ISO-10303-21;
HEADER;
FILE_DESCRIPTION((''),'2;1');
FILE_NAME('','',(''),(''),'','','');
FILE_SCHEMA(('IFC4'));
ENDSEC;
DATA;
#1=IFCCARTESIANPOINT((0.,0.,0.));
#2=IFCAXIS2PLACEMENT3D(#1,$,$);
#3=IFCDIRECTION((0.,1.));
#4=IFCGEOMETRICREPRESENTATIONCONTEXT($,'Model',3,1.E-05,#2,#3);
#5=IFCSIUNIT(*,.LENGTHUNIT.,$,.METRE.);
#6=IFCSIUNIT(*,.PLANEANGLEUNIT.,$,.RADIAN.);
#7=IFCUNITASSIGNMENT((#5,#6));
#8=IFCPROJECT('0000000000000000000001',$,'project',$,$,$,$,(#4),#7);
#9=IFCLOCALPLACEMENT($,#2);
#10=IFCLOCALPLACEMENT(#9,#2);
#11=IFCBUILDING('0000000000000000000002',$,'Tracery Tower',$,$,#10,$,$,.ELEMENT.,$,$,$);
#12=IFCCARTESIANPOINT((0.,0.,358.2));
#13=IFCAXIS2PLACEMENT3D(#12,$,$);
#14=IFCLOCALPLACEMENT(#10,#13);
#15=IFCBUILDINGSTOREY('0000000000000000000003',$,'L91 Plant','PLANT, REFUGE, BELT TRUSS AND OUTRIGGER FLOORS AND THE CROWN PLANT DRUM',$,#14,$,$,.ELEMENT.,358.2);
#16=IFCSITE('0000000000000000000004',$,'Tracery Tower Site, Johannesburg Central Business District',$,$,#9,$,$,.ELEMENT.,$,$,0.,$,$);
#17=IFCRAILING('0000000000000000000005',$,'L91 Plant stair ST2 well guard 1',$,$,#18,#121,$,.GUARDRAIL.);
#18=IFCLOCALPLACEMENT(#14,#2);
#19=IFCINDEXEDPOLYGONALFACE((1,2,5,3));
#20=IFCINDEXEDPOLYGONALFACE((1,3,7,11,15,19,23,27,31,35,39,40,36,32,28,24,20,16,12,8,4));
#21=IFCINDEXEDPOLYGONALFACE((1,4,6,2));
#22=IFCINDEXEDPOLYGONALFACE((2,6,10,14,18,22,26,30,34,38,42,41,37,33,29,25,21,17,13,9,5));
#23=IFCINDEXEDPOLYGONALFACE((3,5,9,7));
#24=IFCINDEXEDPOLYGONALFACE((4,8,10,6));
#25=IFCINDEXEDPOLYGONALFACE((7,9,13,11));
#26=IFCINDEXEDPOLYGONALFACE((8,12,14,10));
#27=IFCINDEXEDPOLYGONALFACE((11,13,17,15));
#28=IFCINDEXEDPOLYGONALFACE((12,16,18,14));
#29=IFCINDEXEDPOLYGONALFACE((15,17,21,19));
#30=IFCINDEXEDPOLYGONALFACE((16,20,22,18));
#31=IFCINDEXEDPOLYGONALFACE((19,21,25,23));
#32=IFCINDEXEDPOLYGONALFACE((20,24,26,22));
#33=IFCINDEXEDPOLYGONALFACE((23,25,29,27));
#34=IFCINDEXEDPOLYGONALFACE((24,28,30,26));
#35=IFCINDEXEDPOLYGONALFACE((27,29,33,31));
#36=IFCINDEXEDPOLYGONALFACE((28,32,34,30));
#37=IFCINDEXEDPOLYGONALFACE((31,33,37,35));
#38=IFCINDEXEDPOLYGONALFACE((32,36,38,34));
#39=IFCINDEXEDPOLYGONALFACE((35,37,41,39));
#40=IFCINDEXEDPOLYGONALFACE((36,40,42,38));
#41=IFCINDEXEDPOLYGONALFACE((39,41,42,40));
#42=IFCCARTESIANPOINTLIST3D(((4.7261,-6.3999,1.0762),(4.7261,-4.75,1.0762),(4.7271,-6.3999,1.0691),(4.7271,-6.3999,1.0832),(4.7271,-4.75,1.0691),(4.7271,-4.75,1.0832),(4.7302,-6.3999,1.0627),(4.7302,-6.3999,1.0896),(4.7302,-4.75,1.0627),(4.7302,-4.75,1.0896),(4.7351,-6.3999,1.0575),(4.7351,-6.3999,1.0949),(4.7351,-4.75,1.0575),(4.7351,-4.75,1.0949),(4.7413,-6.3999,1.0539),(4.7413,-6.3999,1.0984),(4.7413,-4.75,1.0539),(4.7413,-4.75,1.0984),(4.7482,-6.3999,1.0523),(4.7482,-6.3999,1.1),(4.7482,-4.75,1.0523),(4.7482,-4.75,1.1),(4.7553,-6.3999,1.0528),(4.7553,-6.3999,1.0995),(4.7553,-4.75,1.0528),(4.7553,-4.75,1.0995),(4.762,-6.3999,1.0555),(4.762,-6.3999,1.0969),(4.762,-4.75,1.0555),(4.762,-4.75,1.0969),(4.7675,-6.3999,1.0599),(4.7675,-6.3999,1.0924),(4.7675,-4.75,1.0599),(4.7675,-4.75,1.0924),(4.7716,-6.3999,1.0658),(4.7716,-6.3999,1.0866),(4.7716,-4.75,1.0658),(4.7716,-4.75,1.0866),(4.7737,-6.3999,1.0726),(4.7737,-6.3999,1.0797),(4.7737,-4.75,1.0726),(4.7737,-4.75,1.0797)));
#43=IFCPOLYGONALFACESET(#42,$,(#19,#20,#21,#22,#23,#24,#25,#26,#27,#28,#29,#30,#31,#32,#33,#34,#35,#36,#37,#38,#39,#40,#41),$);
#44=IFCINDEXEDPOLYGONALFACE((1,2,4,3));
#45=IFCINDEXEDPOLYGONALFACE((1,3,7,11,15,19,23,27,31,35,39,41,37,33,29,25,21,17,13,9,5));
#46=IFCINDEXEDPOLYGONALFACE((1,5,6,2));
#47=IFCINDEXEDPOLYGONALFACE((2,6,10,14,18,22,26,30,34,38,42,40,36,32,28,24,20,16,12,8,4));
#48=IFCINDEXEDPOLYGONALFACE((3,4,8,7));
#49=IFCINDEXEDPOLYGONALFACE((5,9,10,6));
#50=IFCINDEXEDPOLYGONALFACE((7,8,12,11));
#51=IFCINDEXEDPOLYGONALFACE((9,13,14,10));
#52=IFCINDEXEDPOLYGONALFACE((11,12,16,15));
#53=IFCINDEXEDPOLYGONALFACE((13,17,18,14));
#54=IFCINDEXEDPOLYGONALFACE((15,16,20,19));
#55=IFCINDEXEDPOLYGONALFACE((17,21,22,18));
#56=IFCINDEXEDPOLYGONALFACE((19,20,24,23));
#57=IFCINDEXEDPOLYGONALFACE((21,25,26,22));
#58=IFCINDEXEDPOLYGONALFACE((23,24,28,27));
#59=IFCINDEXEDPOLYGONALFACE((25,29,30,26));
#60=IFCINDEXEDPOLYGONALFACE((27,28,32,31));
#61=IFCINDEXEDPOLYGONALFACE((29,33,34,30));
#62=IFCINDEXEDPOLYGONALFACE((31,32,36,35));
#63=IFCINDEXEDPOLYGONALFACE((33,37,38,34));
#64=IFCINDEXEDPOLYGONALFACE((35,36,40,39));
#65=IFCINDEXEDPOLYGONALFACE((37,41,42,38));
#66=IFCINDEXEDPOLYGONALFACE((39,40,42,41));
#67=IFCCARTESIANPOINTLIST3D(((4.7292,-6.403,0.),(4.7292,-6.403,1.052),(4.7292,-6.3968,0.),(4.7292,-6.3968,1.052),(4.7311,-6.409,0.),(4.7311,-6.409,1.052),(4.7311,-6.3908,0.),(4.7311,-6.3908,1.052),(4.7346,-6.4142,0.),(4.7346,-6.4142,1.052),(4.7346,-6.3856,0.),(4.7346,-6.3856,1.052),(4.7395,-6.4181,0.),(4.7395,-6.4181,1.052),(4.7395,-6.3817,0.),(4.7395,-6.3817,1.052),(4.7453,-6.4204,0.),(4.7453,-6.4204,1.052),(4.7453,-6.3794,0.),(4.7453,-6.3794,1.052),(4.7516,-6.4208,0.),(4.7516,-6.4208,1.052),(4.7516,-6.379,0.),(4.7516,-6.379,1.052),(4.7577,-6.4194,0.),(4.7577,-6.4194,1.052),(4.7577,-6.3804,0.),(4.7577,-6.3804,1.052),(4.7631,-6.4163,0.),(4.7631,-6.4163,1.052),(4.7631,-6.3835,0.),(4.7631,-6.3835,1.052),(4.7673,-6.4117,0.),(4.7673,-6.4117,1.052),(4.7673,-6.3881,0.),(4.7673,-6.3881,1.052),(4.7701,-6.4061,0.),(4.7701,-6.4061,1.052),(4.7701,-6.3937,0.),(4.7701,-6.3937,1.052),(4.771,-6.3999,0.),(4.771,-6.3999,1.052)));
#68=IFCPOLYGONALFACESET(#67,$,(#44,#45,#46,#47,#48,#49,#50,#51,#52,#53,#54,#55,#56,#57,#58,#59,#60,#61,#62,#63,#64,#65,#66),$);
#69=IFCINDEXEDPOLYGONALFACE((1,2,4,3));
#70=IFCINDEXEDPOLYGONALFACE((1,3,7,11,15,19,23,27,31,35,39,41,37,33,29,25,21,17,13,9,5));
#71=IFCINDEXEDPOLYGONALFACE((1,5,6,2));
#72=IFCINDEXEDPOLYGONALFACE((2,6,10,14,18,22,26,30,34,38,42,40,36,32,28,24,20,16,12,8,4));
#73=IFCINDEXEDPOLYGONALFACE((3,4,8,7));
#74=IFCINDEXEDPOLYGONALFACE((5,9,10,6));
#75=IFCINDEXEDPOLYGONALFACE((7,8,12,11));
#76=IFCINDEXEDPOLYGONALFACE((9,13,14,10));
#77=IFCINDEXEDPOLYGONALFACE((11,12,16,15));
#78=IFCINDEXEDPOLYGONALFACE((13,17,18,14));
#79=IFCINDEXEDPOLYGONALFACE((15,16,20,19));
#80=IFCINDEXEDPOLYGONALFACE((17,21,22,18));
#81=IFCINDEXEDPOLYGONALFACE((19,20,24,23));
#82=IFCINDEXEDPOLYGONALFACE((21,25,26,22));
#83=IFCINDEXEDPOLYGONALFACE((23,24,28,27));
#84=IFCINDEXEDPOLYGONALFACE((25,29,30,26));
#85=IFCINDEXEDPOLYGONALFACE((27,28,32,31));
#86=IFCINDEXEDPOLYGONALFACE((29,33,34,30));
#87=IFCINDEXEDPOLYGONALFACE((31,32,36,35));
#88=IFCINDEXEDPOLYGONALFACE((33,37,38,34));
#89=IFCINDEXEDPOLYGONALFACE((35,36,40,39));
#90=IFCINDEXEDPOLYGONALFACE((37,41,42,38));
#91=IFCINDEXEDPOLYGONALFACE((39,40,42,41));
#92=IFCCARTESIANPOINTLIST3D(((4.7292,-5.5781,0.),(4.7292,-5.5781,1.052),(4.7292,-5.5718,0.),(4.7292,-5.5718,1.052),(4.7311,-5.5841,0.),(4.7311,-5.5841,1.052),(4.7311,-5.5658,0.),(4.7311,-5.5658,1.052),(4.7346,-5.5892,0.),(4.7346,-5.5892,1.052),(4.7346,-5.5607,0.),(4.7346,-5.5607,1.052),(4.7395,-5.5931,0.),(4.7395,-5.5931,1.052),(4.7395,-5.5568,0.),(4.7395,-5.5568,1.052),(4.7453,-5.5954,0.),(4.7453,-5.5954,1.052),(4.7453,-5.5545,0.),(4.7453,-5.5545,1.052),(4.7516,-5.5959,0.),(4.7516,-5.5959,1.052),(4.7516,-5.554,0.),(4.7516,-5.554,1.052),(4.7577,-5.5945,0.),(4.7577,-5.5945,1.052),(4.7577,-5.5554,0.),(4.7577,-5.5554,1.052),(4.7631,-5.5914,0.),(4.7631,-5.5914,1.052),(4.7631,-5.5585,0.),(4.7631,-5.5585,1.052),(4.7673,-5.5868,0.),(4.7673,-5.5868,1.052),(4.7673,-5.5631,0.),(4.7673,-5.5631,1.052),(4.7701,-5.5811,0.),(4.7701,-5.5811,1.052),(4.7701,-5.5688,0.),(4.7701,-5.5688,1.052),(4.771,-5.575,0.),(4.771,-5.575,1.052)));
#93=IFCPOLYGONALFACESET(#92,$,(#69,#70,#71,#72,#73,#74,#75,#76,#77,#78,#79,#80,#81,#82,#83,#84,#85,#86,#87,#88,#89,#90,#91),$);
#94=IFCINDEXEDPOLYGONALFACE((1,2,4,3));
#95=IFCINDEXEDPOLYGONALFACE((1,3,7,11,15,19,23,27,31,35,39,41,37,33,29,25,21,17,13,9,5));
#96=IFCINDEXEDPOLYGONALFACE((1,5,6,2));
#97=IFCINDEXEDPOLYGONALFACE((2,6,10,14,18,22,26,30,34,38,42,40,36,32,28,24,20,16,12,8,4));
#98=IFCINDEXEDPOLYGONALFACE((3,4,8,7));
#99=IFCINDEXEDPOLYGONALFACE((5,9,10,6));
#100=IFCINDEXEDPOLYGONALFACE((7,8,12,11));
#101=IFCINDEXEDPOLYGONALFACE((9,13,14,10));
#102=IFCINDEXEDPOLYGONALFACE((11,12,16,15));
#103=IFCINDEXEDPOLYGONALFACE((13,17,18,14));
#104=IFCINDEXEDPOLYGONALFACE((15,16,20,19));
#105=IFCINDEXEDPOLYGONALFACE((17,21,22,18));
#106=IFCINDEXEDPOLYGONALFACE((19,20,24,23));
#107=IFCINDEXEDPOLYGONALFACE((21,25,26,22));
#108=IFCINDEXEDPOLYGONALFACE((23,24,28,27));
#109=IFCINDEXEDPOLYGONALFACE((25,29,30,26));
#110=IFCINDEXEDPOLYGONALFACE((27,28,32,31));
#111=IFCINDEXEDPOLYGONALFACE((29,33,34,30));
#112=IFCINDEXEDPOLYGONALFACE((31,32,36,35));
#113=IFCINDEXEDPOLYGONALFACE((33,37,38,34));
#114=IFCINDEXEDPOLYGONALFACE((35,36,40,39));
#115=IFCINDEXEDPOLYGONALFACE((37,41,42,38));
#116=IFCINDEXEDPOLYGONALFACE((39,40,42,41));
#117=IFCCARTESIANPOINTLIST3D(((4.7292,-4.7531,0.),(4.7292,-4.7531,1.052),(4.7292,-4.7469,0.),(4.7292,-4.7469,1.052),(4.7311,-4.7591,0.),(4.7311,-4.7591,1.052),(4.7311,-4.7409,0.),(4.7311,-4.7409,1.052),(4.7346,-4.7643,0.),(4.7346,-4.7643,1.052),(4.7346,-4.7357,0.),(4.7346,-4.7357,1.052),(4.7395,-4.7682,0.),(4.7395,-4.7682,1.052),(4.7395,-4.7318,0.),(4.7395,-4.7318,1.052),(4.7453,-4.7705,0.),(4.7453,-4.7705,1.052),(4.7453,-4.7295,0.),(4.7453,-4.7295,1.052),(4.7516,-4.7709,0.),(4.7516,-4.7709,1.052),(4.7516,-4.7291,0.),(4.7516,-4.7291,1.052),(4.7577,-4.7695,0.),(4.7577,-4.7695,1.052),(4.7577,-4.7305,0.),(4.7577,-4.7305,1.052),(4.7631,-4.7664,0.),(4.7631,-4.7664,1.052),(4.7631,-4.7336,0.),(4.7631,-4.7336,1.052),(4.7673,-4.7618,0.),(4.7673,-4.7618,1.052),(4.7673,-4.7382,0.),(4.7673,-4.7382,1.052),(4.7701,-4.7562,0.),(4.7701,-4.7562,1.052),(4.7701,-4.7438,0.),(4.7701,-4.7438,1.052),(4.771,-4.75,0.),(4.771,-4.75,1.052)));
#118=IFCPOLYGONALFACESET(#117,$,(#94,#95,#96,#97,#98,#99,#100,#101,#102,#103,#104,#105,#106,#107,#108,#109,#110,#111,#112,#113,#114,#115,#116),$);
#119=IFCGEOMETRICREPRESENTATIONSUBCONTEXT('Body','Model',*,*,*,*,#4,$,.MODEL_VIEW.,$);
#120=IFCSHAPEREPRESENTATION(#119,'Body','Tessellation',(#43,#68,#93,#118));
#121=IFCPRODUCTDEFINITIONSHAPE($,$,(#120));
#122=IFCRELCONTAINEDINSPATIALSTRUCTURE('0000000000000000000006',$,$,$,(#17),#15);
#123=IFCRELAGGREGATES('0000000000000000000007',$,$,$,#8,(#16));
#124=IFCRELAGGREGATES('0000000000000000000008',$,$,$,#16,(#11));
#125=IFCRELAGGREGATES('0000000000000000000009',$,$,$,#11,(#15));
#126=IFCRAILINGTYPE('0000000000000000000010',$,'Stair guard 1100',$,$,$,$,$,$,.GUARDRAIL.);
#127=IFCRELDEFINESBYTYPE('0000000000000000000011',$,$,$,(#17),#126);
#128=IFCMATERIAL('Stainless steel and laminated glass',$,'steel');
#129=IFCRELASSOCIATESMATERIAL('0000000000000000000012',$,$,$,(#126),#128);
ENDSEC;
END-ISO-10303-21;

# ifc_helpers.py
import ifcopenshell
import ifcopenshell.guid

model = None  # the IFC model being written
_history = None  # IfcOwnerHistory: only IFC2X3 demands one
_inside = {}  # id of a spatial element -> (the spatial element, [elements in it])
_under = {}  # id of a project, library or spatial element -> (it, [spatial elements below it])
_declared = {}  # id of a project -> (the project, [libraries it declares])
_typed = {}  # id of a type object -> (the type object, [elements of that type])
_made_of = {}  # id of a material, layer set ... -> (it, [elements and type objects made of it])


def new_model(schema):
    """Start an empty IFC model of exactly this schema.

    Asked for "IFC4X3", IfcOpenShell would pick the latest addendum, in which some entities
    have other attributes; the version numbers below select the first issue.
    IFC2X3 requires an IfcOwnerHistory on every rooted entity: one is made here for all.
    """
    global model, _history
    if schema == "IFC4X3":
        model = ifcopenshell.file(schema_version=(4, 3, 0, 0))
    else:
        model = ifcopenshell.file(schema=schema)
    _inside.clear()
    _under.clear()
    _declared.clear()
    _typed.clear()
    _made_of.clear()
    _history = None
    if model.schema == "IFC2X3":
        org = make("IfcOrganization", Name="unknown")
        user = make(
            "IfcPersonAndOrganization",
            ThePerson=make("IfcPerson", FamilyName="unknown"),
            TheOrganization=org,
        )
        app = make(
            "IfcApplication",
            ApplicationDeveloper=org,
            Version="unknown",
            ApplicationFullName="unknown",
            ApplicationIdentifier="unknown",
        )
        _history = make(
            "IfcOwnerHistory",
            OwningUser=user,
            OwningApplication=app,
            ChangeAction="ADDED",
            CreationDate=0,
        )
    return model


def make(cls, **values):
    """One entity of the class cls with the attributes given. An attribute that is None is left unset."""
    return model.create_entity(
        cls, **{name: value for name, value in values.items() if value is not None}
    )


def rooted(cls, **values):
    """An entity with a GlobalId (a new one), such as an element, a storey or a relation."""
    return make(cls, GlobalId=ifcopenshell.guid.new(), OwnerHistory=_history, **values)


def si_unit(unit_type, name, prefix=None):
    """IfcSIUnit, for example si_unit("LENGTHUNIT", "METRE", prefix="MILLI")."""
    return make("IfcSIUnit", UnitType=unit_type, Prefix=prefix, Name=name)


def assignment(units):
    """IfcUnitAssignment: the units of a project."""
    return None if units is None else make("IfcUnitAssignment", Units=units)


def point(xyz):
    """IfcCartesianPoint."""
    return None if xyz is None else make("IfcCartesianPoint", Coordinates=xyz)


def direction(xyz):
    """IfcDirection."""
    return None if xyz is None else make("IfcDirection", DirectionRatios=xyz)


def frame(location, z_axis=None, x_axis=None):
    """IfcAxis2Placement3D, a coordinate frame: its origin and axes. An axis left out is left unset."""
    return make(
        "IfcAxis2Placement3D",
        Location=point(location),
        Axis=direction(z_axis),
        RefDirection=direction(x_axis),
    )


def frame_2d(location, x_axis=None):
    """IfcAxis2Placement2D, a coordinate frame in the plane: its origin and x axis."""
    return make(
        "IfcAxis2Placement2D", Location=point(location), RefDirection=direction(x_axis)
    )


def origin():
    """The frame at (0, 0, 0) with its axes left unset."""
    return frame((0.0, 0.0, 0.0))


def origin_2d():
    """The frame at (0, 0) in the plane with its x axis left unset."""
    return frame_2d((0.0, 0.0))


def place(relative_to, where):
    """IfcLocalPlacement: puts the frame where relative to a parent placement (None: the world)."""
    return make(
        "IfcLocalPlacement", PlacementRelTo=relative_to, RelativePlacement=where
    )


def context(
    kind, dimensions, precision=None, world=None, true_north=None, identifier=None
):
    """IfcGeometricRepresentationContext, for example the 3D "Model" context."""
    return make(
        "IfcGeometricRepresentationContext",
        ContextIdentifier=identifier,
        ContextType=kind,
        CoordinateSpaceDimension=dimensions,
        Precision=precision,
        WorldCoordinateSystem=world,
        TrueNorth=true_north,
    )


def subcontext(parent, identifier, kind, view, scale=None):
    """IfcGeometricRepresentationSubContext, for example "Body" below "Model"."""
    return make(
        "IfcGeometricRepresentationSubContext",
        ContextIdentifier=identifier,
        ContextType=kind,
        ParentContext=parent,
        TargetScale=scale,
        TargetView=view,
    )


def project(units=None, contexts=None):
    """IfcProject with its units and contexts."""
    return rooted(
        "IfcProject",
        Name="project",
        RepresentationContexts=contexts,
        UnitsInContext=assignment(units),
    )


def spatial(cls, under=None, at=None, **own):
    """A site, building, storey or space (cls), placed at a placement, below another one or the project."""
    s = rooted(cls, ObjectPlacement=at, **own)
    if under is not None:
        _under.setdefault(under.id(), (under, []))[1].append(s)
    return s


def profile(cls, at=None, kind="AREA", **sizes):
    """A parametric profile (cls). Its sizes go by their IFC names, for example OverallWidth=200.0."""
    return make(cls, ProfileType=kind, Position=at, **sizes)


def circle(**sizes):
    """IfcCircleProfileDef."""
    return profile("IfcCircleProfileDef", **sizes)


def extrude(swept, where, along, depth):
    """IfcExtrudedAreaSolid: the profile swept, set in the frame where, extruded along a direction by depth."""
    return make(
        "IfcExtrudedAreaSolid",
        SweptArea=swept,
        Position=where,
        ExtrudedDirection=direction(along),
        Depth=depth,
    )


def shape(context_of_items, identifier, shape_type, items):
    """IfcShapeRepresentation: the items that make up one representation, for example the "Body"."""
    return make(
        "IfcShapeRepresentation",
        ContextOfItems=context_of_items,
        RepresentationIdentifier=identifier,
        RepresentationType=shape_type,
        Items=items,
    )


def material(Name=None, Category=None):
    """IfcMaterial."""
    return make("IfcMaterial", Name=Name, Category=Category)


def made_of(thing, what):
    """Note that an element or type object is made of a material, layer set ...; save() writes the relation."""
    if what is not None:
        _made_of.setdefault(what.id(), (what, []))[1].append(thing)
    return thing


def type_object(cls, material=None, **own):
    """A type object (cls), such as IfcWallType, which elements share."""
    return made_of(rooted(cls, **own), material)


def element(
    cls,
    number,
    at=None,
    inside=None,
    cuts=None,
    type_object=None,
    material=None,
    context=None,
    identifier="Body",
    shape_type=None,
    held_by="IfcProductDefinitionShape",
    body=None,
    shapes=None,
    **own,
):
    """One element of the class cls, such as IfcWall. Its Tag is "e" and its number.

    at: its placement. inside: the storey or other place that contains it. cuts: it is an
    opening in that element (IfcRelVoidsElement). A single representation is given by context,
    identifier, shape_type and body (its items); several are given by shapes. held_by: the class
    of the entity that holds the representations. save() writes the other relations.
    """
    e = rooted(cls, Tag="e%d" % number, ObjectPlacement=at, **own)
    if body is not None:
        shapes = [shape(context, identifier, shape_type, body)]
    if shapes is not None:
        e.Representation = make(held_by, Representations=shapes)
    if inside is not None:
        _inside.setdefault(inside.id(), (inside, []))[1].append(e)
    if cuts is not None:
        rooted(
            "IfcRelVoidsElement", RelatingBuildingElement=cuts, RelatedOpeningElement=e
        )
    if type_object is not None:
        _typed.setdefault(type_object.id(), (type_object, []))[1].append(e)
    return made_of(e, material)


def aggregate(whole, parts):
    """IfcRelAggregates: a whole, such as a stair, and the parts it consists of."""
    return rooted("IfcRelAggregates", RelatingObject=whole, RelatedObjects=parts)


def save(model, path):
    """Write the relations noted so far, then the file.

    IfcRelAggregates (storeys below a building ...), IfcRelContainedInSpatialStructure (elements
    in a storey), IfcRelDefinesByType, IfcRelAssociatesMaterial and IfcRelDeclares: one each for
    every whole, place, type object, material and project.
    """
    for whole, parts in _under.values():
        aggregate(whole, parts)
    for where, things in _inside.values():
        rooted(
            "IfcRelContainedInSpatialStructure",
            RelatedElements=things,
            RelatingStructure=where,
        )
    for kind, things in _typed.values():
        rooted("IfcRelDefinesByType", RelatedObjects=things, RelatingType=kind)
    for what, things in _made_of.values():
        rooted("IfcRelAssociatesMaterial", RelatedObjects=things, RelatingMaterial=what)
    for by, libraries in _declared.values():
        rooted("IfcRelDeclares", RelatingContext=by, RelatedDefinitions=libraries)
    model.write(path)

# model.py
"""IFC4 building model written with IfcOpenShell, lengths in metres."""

from ifc_helpers import new_model, si_unit, direction, frame, origin, origin_2d, place, context, subcontext, project, spatial, circle, extrude, material, type_object, element, save


model = new_model("IFC4")

# Units and contexts
model_context = context("Model", 3, precision=1e-05, world=origin(), true_north=direction((0.0, 1.0)))
body_context = subcontext(model_context, "Body", "Model", "MODEL_VIEW")
ifc_project = project(units=[si_unit("LENGTHUNIT", "METRE"), si_unit("PLANEANGLEUNIT", "RADIAN")], contexts=[model_context])

# Site, building, storey
site_placement = place(None, origin())
site = spatial("IfcSite", under=ifc_project, at=site_placement, Name="Tracery Tower Site, Johannesburg Central Business District", CompositionType="ELEMENT", RefElevation=0.0)
building_placement = place(site_placement, origin())
building = spatial("IfcBuilding", under=site, at=building_placement, Name="Tracery Tower", CompositionType="ELEMENT")
storey_placement = place(building_placement, frame((0.0, 0.0, 358.2)))
storey = spatial("IfcBuildingStorey", under=building, at=storey_placement, Name="L91 Plant", Description="PLANT, REFUGE, BELT TRUSS AND OUTRIGGER FLOORS AND THE CROWN PLANT DRUM", CompositionType="ELEMENT", Elevation=358.2)

# Railing
ifc_material_1 = material(Name="Stainless steel and laminated glass", Category="steel")
railing_type = type_object("IfcRailingType", Name="Stair guard 1100", PredefinedType="GUARDRAIL", material=ifc_material_1)
railing_placement = place(storey_placement, frame((4.75, -6.3999, 0.0)))
element("IfcRailing", 1, at=railing_placement, inside=storey, type_object=railing_type, Name="L91 Plant stair ST2 well guard 1", PredefinedType="GUARDRAIL", context=body_context, shape_type="SweptSolid", body=[
    extrude(circle(Radius=0.0239, at=origin_2d()), frame((0.0, 0.0, 1.0762), z_axis=(0.0, 1.0, 0.0), x_axis=(-1.0, 0.0, 0.0)), (0.0, 0.0, 1.0), 1.6499),
    extrude(circle(Radius=0.021, at=origin_2d()), origin(), (0.0, 0.0, 1.0), 1.052),
    extrude(circle(Radius=0.021, at=origin_2d()), frame((0.0, 0.825, 0.0)), (0.0, 0.0, 1.0), 1.052),
    extrude(circle(Radius=0.021, at=origin_2d()), frame((0.0, 1.6499, 0.0)), (0.0, 0.0, 1.0), 1.052),
])

save(model, "model.ifc")
